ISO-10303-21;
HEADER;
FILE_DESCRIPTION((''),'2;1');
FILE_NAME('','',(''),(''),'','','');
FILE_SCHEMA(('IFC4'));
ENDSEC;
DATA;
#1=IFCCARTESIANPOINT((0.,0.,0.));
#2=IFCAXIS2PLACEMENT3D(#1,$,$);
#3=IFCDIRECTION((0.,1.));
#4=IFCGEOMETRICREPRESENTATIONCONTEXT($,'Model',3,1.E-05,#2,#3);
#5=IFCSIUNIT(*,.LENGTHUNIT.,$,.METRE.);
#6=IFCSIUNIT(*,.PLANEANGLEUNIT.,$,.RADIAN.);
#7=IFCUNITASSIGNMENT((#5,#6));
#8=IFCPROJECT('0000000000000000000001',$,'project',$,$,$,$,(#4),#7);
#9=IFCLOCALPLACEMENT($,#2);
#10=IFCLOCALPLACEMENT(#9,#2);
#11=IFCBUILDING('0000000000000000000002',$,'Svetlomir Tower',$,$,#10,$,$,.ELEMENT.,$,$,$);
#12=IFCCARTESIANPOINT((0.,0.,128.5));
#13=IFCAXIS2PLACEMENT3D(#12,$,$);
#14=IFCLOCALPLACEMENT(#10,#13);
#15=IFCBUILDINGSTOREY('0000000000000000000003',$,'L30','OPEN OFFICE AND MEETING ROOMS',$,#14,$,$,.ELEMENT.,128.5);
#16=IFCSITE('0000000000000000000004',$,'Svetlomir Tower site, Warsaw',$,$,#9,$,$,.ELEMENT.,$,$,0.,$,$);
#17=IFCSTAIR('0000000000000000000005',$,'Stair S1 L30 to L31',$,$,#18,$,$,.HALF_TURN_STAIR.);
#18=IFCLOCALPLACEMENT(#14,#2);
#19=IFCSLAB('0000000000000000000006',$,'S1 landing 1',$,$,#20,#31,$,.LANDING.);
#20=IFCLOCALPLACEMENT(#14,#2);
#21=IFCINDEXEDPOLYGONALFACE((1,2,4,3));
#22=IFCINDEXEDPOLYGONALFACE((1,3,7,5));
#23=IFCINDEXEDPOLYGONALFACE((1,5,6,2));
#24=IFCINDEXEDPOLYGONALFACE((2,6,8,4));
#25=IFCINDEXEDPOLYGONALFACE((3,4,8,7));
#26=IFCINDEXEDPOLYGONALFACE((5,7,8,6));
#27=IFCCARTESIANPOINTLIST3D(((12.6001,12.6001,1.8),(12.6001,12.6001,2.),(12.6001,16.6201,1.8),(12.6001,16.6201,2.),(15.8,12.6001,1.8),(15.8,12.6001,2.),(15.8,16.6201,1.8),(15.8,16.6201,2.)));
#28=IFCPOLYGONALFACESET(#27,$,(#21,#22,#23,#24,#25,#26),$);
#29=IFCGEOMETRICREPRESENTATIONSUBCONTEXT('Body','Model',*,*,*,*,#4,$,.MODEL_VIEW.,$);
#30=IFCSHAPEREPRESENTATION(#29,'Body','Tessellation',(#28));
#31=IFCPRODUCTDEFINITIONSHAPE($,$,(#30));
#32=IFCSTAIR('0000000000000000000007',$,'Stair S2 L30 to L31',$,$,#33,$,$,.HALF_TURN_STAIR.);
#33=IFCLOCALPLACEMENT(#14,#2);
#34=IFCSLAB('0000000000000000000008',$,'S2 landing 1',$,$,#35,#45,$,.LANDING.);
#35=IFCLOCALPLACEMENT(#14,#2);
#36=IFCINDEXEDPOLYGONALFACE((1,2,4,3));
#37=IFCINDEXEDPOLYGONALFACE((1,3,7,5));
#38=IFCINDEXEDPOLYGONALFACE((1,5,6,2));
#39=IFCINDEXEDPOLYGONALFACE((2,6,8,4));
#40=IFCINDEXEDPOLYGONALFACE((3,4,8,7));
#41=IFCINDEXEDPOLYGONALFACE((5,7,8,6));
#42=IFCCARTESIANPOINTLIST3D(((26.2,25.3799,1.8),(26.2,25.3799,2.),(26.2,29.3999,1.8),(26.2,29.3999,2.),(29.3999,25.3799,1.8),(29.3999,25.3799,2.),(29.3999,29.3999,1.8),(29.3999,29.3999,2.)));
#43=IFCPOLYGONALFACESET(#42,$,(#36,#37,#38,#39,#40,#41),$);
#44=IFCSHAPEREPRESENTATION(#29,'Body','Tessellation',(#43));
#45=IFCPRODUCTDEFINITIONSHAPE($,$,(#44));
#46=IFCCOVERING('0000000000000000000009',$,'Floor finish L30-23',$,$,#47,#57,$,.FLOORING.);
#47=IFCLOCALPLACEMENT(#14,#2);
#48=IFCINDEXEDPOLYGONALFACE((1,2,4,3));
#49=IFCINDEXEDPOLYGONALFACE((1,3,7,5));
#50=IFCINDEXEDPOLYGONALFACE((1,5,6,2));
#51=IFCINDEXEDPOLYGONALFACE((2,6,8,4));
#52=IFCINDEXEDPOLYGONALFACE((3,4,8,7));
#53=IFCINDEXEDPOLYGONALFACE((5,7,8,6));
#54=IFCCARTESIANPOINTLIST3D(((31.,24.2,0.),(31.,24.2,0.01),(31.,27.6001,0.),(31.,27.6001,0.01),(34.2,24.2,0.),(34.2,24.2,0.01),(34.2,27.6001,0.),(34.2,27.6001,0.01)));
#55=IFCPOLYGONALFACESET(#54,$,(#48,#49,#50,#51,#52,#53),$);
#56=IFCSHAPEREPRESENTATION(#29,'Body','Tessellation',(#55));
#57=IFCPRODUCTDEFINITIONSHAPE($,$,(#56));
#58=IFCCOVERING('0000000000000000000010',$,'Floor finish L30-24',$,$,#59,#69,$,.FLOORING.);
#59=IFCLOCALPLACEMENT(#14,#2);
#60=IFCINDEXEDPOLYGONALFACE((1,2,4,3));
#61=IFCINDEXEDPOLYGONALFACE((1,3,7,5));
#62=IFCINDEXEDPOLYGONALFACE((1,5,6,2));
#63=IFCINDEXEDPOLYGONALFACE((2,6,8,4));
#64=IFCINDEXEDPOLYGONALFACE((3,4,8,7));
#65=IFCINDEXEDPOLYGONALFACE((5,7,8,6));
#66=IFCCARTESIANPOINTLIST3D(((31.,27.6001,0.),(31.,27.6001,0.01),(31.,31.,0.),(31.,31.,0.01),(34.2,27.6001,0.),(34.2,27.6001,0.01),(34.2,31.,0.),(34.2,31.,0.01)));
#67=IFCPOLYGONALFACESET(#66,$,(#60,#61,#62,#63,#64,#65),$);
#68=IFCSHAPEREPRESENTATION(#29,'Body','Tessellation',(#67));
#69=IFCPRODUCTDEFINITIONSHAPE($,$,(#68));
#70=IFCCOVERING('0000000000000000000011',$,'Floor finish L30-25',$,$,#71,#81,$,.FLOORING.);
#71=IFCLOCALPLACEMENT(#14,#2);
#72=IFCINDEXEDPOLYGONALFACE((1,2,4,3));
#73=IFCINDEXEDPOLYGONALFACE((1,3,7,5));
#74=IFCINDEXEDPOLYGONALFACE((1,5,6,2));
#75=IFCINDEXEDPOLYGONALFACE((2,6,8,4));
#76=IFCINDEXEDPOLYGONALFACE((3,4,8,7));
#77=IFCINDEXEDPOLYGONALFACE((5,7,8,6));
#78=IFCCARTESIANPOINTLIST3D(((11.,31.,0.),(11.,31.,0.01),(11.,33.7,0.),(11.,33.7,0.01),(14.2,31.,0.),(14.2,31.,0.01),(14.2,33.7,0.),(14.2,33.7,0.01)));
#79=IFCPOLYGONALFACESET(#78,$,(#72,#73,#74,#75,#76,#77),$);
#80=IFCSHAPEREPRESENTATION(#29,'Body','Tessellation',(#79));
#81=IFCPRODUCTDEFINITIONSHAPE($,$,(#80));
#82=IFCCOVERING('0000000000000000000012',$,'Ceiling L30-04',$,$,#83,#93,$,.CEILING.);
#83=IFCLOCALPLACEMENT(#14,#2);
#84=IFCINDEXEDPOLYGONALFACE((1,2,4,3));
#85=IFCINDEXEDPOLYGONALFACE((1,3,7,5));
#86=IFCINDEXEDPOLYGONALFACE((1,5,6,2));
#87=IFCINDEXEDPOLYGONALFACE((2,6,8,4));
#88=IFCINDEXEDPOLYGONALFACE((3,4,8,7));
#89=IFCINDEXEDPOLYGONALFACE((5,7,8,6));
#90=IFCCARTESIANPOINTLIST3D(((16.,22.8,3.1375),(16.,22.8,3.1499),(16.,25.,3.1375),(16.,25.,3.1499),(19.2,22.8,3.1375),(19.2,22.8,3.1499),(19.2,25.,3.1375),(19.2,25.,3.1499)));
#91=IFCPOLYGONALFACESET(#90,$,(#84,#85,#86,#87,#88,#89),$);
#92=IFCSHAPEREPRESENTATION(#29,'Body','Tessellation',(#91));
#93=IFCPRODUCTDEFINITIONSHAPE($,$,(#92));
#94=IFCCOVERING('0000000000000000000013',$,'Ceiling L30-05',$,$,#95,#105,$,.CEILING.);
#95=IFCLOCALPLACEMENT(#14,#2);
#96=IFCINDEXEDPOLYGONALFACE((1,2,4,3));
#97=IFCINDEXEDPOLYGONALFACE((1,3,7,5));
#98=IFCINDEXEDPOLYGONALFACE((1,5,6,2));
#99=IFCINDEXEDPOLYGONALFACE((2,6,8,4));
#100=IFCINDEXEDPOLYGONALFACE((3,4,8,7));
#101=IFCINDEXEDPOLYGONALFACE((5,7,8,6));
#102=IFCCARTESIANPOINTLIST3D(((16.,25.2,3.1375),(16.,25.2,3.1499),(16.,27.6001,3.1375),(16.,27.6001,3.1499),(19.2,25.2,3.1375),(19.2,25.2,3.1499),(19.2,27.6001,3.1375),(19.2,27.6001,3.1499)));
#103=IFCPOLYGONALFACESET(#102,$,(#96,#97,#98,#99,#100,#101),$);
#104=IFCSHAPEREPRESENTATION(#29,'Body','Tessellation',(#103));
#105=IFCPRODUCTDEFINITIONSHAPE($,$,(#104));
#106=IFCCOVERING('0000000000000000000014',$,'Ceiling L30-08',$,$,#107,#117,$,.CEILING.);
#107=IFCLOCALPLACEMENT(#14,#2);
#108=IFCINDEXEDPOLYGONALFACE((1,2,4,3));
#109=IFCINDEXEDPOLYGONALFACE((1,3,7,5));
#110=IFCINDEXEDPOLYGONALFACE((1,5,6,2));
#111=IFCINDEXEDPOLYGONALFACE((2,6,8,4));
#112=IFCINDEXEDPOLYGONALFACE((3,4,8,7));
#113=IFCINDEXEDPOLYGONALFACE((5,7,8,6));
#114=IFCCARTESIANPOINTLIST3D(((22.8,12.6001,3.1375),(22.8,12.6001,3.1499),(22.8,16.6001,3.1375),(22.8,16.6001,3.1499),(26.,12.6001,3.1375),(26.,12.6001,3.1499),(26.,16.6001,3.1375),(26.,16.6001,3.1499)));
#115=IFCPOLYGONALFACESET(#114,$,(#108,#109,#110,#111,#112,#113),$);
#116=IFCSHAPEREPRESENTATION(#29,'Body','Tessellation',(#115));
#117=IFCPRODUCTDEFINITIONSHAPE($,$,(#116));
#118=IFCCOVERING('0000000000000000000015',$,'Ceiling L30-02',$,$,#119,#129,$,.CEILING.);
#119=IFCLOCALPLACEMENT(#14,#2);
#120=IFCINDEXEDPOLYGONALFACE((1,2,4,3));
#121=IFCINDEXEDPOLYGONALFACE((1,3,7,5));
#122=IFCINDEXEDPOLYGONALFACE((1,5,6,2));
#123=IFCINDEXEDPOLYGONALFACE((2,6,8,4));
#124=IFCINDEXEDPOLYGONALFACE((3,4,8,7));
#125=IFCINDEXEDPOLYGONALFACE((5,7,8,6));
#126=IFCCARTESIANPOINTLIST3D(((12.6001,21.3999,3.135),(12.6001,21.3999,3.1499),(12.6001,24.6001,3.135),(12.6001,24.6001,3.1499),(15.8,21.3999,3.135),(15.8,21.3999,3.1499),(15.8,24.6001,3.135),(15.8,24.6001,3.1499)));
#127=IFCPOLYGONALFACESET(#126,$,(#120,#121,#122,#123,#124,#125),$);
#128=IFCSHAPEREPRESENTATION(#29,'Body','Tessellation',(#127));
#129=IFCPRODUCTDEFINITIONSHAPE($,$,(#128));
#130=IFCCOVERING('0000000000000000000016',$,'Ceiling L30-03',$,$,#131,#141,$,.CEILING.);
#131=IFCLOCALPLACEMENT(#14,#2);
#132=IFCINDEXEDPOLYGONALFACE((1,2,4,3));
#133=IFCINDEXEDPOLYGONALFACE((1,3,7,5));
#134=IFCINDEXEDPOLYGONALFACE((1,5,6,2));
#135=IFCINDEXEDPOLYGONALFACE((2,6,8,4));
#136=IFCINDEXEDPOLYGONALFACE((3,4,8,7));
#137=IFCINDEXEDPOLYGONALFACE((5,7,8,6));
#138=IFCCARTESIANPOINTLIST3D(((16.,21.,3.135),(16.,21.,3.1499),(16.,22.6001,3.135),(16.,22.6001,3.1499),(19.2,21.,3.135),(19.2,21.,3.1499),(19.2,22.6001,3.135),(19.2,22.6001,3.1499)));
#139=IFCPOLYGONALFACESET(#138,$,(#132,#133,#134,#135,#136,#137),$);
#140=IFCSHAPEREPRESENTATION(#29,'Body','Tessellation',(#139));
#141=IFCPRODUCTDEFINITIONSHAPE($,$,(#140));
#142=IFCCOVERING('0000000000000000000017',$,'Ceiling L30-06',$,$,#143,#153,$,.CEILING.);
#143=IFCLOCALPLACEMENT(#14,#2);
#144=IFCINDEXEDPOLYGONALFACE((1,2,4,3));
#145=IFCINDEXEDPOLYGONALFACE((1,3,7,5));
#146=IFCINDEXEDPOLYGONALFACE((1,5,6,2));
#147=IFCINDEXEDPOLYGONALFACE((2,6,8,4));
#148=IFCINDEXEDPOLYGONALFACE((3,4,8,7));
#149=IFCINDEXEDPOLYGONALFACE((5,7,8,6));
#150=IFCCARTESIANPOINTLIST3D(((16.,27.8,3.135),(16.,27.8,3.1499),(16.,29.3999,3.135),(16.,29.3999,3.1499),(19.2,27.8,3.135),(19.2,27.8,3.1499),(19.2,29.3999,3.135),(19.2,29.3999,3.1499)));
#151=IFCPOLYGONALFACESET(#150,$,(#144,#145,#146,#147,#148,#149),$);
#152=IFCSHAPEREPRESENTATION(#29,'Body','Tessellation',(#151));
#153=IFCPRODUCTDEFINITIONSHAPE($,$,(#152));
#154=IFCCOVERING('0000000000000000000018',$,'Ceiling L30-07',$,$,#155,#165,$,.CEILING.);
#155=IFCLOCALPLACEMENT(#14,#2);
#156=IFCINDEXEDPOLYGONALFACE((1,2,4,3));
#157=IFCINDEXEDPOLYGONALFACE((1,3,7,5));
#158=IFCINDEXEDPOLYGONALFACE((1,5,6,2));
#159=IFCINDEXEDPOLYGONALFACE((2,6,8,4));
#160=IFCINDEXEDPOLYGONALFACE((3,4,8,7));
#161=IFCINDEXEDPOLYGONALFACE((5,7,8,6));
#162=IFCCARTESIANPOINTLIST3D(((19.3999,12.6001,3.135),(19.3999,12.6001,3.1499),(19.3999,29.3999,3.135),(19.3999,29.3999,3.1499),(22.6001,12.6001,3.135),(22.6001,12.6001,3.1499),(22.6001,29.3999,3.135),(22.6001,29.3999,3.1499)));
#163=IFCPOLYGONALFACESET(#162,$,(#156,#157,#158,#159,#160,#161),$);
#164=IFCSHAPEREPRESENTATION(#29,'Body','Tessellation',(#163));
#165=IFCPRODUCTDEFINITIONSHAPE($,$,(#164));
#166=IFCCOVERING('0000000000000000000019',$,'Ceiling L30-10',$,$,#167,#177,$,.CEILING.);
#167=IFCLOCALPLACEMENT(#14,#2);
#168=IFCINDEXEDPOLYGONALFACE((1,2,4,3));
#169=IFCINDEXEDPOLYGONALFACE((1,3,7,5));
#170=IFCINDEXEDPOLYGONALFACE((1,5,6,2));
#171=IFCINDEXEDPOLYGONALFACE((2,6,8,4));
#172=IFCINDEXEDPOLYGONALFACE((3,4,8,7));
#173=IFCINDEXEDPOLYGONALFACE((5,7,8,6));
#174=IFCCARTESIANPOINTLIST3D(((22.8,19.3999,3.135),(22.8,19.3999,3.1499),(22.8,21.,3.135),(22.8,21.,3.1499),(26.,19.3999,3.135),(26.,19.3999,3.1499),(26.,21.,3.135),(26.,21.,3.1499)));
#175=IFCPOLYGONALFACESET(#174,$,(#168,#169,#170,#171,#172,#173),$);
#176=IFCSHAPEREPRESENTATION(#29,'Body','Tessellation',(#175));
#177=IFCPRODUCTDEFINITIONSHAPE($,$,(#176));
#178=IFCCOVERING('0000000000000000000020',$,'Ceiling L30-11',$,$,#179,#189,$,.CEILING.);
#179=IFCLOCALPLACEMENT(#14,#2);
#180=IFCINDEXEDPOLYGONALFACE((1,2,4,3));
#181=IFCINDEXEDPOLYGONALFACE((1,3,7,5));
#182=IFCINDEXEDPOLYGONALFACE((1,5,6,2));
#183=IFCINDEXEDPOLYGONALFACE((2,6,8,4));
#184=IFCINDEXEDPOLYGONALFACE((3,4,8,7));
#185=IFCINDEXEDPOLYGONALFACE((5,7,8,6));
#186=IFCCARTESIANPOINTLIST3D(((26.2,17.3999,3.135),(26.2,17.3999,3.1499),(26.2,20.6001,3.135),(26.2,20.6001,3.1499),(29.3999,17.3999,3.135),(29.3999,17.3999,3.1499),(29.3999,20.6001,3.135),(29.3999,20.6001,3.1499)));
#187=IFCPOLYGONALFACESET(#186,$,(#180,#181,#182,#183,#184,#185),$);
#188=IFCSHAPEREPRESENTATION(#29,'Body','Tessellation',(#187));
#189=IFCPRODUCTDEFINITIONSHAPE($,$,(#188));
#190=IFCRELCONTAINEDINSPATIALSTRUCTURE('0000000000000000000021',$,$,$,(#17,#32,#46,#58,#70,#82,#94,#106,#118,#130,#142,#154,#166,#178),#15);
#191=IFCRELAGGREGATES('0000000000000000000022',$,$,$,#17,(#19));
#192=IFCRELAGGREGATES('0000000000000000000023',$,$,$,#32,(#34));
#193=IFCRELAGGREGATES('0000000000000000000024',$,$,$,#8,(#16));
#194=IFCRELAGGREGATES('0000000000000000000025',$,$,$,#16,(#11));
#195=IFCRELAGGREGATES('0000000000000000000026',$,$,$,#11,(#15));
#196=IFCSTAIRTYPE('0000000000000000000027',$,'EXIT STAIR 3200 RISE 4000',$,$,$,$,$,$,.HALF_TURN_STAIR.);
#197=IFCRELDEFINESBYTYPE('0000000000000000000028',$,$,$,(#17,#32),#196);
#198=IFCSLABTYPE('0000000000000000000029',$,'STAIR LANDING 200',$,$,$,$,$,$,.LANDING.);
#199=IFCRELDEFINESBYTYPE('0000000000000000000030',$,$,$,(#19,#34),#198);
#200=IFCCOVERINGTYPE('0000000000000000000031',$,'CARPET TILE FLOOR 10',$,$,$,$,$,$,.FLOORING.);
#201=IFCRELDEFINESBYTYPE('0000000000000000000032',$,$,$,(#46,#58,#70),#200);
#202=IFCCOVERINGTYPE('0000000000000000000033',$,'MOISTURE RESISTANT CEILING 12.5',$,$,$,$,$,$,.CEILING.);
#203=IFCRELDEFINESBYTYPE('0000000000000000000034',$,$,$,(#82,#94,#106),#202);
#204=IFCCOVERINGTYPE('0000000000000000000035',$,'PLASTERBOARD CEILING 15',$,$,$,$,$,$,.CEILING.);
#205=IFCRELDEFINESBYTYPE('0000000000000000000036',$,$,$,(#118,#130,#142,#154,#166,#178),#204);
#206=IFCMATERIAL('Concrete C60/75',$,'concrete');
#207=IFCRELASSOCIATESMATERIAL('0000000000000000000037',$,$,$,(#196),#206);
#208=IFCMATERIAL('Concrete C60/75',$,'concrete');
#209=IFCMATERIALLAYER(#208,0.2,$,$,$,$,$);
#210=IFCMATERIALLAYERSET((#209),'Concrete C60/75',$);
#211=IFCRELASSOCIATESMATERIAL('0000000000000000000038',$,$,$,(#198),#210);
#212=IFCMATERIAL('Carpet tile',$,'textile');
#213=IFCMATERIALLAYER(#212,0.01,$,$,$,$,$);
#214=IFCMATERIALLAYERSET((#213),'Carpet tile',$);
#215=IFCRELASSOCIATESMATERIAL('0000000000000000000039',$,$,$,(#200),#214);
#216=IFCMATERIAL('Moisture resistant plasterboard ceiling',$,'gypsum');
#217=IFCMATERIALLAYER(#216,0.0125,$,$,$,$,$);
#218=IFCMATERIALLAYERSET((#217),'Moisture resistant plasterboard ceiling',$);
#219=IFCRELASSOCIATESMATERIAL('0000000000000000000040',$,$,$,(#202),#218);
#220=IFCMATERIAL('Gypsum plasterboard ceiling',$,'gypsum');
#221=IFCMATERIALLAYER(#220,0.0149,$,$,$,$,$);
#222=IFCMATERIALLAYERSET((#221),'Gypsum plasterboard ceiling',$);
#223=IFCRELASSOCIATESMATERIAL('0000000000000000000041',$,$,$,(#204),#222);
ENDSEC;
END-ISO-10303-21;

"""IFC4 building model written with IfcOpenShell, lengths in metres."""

from ifc_helpers import new_model, si_unit, direction, frame, origin, place, context, subcontext, project, spatial, polyline, outline, extrude, material, layer, layer_set, type_object, element, aggregate, save


model = new_model("IFC4")

# Units and contexts
model_context = context("Model", 3, precision=1e-05, world=origin(), true_north=direction((0.0, 1.0)))
body_context = subcontext(model_context, "Body", "Model", "MODEL_VIEW")
ifc_project = project(units=[si_unit("LENGTHUNIT", "METRE"), si_unit("PLANEANGLEUNIT", "RADIAN")], contexts=[model_context])

# Site, building, storey
site_placement = place(None, origin())
site = spatial("IfcSite", under=ifc_project, at=site_placement, Name="Svetlomir Tower site, Warsaw", CompositionType="ELEMENT", RefElevation=0.0)
building_placement = place(site_placement, origin())
building = spatial("IfcBuilding", under=site, at=building_placement, Name="Svetlomir Tower", CompositionType="ELEMENT")
storey_placement = place(building_placement, frame((0.0, 0.0, 128.5)))
storey = spatial("IfcBuildingStorey", under=building, at=storey_placement, Name="L30", Description="OPEN OFFICE AND MEETING ROOMS", CompositionType="ELEMENT", Elevation=128.5)

# Stairs, slabs
ifc_material_1 = material(Name="Concrete C60/75", Category="concrete")
stair_type = type_object("IfcStairType", Name="EXIT STAIR 3200 RISE 4000", PredefinedType="HALF_TURN_STAIR", material=ifc_material_1)
stair_1_placement = place(storey_placement, origin())
stair_1 = element("IfcStair", 1, at=stair_1_placement, inside=storey, type_object=stair_type, Name="Stair S1 L30 to L31", PredefinedType="HALF_TURN_STAIR")
ifc_material_2 = material(Name="Concrete C60/75", Category="concrete")
ifc_layer_1 = layer(ifc_material_2, 0.2)
ifc_layer_set_1 = layer_set([ifc_layer_1], Name="Concrete C60/75")
slab_type = type_object("IfcSlabType", Name="STAIR LANDING 200", PredefinedType="LANDING", material=ifc_layer_set_1)
slab_1_placement = place(storey_placement, frame((0.0, 0.0, 1.8)))
slab_1 = element("IfcSlab", 2, at=slab_1_placement, type_object=slab_type, Name="S1 landing 1", PredefinedType="LANDING", context=body_context, shape_type="SweptSolid", body=[
    extrude(outline(polyline([(12.6001, 12.6001), (15.8, 12.6001), (15.8, 16.6201), (12.6001, 16.6201), (12.6001, 12.6001)])), origin(), (0.0, 0.0, 1.0), 0.2),
])
aggregate(stair_1, [slab_1])
stair_2_placement = place(storey_placement, origin())
stair_2 = element("IfcStair", 3, at=stair_2_placement, inside=storey, type_object=stair_type, Name="Stair S2 L30 to L31", PredefinedType="HALF_TURN_STAIR")
slab_2_placement = place(storey_placement, frame((0.0, 0.0, 1.8)))
slab_2 = element("IfcSlab", 4, at=slab_2_placement, type_object=slab_type, Name="S2 landing 1", PredefinedType="LANDING", context=body_context, shape_type="SweptSolid", body=[
    extrude(outline(polyline([(26.2, 25.3799), (29.3999, 25.3799), (29.3999, 29.3999), (26.2, 29.3999), (26.2, 25.3799)])), origin(), (0.0, 0.0, 1.0), 0.2),
])
aggregate(stair_2, [slab_2])

# Coverings
ifc_material_3 = material(Name="Carpet tile", Category="textile")
ifc_layer_2 = layer(ifc_material_3, 0.01)
ifc_layer_set_2 = layer_set([ifc_layer_2], Name="Carpet tile")
covering_type_1 = type_object("IfcCoveringType", Name="CARPET TILE FLOOR 10", PredefinedType="FLOORING", material=ifc_layer_set_2)
covering_1_placement = place(storey_placement, origin())
element("IfcCovering", 5, at=covering_1_placement, inside=storey, type_object=covering_type_1, Name="Floor finish L30-23", PredefinedType="FLOORING", context=body_context, shape_type="SweptSolid", body=[
    extrude(outline(polyline([(31.0, 24.2), (34.2, 24.2), (34.2, 27.6001), (31.0, 27.6001), (31.0, 24.2)])), origin(), (0.0, 0.0, 1.0), 0.01),
])
covering_2_placement = place(storey_placement, origin())
element("IfcCovering", 6, at=covering_2_placement, inside=storey, type_object=covering_type_1, Name="Floor finish L30-24", PredefinedType="FLOORING", context=body_context, shape_type="SweptSolid", body=[
    extrude(outline(polyline([(31.0, 27.6001), (34.2, 27.6001), (34.2, 31.0), (31.0, 31.0), (31.0, 27.6001)])), origin(), (0.0, 0.0, 1.0), 0.01),
])
covering_3_placement = place(storey_placement, origin())
element("IfcCovering", 7, at=covering_3_placement, inside=storey, type_object=covering_type_1, Name="Floor finish L30-25", PredefinedType="FLOORING", context=body_context, shape_type="SweptSolid", body=[
    extrude(outline(polyline([(11.0, 31.0), (14.2, 31.0), (14.2, 33.7), (11.0, 33.7), (11.0, 31.0)])), origin(), (0.0, 0.0, 1.0), 0.01),
])
ifc_material_4 = material(Name="Moisture resistant plasterboard ceiling", Category="gypsum")
ifc_layer_3 = layer(ifc_material_4, 0.0125)
ifc_layer_set_3 = layer_set([ifc_layer_3], Name="Moisture resistant plasterboard ceiling")
covering_type_2 = type_object("IfcCoveringType", Name="MOISTURE RESISTANT CEILING 12.5", PredefinedType="CEILING", material=ifc_layer_set_3)
covering_4_placement = place(storey_placement, frame((0.0, 0.0, 3.1375)))
element("IfcCovering", 8, at=covering_4_placement, inside=storey, type_object=covering_type_2, Name="Ceiling L30-04", PredefinedType="CEILING", context=body_context, shape_type="SweptSolid", body=[
    extrude(outline(polyline([(16.0, 22.8), (19.2, 22.8), (19.2, 25.0), (16.0, 25.0), (16.0, 22.8)])), origin(), (0.0, 0.0, 1.0), 0.0125),
])
covering_5_placement = place(storey_placement, frame((0.0, 0.0, 3.1375)))
element("IfcCovering", 9, at=covering_5_placement, inside=storey, type_object=covering_type_2, Name="Ceiling L30-05", PredefinedType="CEILING", context=body_context, shape_type="SweptSolid", body=[
    extrude(outline(polyline([(16.0, 25.2), (19.2, 25.2), (19.2, 27.6001), (16.0, 27.6001), (16.0, 25.2)])), origin(), (0.0, 0.0, 1.0), 0.0125),
])
covering_6_placement = place(storey_placement, frame((0.0, 0.0, 3.1375)))
element("IfcCovering", 10, at=covering_6_placement, inside=storey, type_object=covering_type_2, Name="Ceiling L30-08", PredefinedType="CEILING", context=body_context, shape_type="SweptSolid", body=[
    extrude(outline(polyline([(22.8, 12.6001), (26.0, 12.6001), (26.0, 16.6001), (22.8, 16.6001), (22.8, 12.6001)])), origin(), (0.0, 0.0, 1.0), 0.0125),
])
ifc_material_5 = material(Name="Gypsum plasterboard ceiling", Category="gypsum")
ifc_layer_4 = layer(ifc_material_5, 0.0149)
ifc_layer_set_4 = layer_set([ifc_layer_4], Name="Gypsum plasterboard ceiling")
covering_type_3 = type_object("IfcCoveringType", Name="PLASTERBOARD CEILING 15", PredefinedType="CEILING", material=ifc_layer_set_4)
covering_7_placement = place(storey_placement, frame((0.0, 0.0, 3.135)))
element("IfcCovering", 11, at=covering_7_placement, inside=storey, type_object=covering_type_3, Name="Ceiling L30-02", PredefinedType="CEILING", context=body_context, shape_type="SweptSolid", body=[
    extrude(outline(polyline([(12.6001, 21.3999), (15.8, 21.3999), (15.8, 24.6001), (12.6001, 24.6001), (12.6001, 21.3999)])), origin(), (0.0, 0.0, 1.0), 0.0149),
])
covering_8_placement = place(storey_placement, frame((0.0, 0.0, 3.135)))
element("IfcCovering", 12, at=covering_8_placement, inside=storey, type_object=covering_type_3, Name="Ceiling L30-03", PredefinedType="CEILING", context=body_context, shape_type="SweptSolid", body=[
    extrude(outline(polyline([(16.0, 21.0), (19.2, 21.0), (19.2, 22.6001), (16.0, 22.6001), (16.0, 21.0)])), origin(), (0.0, 0.0, 1.0), 0.0149),
])
covering_9_placement = place(storey_placement, frame((0.0, 0.0, 3.135)))
element("IfcCovering", 13, at=covering_9_placement, inside=storey, type_object=covering_type_3, Name="Ceiling L30-06", PredefinedType="CEILING", context=body_context, shape_type="SweptSolid", body=[
    extrude(outline(polyline([(16.0, 27.8), (19.2, 27.8), (19.2, 29.3999), (16.0, 29.3999), (16.0, 27.8)])), origin(), (0.0, 0.0, 1.0), 0.0149),
])
covering_10_placement = place(storey_placement, frame((0.0, 0.0, 3.135)))
element("IfcCovering", 14, at=covering_10_placement, inside=storey, type_object=covering_type_3, Name="Ceiling L30-07", PredefinedType="CEILING", context=body_context, shape_type="SweptSolid", body=[
    extrude(outline(polyline([(19.3999, 12.6001), (22.6001, 12.6001), (22.6001, 29.3999), (19.3999, 29.3999), (19.3999, 12.6001)])), origin(), (0.0, 0.0, 1.0), 0.0149),
])
covering_11_placement = place(storey_placement, frame((0.0, 0.0, 3.135)))
element("IfcCovering", 15, at=covering_11_placement, inside=storey, type_object=covering_type_3, Name="Ceiling L30-10", PredefinedType="CEILING", context=body_context, shape_type="SweptSolid", body=[
    extrude(outline(polyline([(22.8, 19.3999), (26.0, 19.3999), (26.0, 21.0), (22.8, 21.0), (22.8, 19.3999)])), origin(), (0.0, 0.0, 1.0), 0.0149),
])
covering_12_placement = place(storey_placement, frame((0.0, 0.0, 3.135)))
element("IfcCovering", 16, at=covering_12_placement, inside=storey, type_object=covering_type_3, Name="Ceiling L30-11", PredefinedType="CEILING", context=body_context, shape_type="SweptSolid", body=[
    extrude(outline(polyline([(26.2, 17.3999), (29.3999, 17.3999), (29.3999, 20.6001), (26.2, 20.6001), (26.2, 17.3999)])), origin(), (0.0, 0.0, 1.0), 0.0149),
])

save(model, "model.ifc")
